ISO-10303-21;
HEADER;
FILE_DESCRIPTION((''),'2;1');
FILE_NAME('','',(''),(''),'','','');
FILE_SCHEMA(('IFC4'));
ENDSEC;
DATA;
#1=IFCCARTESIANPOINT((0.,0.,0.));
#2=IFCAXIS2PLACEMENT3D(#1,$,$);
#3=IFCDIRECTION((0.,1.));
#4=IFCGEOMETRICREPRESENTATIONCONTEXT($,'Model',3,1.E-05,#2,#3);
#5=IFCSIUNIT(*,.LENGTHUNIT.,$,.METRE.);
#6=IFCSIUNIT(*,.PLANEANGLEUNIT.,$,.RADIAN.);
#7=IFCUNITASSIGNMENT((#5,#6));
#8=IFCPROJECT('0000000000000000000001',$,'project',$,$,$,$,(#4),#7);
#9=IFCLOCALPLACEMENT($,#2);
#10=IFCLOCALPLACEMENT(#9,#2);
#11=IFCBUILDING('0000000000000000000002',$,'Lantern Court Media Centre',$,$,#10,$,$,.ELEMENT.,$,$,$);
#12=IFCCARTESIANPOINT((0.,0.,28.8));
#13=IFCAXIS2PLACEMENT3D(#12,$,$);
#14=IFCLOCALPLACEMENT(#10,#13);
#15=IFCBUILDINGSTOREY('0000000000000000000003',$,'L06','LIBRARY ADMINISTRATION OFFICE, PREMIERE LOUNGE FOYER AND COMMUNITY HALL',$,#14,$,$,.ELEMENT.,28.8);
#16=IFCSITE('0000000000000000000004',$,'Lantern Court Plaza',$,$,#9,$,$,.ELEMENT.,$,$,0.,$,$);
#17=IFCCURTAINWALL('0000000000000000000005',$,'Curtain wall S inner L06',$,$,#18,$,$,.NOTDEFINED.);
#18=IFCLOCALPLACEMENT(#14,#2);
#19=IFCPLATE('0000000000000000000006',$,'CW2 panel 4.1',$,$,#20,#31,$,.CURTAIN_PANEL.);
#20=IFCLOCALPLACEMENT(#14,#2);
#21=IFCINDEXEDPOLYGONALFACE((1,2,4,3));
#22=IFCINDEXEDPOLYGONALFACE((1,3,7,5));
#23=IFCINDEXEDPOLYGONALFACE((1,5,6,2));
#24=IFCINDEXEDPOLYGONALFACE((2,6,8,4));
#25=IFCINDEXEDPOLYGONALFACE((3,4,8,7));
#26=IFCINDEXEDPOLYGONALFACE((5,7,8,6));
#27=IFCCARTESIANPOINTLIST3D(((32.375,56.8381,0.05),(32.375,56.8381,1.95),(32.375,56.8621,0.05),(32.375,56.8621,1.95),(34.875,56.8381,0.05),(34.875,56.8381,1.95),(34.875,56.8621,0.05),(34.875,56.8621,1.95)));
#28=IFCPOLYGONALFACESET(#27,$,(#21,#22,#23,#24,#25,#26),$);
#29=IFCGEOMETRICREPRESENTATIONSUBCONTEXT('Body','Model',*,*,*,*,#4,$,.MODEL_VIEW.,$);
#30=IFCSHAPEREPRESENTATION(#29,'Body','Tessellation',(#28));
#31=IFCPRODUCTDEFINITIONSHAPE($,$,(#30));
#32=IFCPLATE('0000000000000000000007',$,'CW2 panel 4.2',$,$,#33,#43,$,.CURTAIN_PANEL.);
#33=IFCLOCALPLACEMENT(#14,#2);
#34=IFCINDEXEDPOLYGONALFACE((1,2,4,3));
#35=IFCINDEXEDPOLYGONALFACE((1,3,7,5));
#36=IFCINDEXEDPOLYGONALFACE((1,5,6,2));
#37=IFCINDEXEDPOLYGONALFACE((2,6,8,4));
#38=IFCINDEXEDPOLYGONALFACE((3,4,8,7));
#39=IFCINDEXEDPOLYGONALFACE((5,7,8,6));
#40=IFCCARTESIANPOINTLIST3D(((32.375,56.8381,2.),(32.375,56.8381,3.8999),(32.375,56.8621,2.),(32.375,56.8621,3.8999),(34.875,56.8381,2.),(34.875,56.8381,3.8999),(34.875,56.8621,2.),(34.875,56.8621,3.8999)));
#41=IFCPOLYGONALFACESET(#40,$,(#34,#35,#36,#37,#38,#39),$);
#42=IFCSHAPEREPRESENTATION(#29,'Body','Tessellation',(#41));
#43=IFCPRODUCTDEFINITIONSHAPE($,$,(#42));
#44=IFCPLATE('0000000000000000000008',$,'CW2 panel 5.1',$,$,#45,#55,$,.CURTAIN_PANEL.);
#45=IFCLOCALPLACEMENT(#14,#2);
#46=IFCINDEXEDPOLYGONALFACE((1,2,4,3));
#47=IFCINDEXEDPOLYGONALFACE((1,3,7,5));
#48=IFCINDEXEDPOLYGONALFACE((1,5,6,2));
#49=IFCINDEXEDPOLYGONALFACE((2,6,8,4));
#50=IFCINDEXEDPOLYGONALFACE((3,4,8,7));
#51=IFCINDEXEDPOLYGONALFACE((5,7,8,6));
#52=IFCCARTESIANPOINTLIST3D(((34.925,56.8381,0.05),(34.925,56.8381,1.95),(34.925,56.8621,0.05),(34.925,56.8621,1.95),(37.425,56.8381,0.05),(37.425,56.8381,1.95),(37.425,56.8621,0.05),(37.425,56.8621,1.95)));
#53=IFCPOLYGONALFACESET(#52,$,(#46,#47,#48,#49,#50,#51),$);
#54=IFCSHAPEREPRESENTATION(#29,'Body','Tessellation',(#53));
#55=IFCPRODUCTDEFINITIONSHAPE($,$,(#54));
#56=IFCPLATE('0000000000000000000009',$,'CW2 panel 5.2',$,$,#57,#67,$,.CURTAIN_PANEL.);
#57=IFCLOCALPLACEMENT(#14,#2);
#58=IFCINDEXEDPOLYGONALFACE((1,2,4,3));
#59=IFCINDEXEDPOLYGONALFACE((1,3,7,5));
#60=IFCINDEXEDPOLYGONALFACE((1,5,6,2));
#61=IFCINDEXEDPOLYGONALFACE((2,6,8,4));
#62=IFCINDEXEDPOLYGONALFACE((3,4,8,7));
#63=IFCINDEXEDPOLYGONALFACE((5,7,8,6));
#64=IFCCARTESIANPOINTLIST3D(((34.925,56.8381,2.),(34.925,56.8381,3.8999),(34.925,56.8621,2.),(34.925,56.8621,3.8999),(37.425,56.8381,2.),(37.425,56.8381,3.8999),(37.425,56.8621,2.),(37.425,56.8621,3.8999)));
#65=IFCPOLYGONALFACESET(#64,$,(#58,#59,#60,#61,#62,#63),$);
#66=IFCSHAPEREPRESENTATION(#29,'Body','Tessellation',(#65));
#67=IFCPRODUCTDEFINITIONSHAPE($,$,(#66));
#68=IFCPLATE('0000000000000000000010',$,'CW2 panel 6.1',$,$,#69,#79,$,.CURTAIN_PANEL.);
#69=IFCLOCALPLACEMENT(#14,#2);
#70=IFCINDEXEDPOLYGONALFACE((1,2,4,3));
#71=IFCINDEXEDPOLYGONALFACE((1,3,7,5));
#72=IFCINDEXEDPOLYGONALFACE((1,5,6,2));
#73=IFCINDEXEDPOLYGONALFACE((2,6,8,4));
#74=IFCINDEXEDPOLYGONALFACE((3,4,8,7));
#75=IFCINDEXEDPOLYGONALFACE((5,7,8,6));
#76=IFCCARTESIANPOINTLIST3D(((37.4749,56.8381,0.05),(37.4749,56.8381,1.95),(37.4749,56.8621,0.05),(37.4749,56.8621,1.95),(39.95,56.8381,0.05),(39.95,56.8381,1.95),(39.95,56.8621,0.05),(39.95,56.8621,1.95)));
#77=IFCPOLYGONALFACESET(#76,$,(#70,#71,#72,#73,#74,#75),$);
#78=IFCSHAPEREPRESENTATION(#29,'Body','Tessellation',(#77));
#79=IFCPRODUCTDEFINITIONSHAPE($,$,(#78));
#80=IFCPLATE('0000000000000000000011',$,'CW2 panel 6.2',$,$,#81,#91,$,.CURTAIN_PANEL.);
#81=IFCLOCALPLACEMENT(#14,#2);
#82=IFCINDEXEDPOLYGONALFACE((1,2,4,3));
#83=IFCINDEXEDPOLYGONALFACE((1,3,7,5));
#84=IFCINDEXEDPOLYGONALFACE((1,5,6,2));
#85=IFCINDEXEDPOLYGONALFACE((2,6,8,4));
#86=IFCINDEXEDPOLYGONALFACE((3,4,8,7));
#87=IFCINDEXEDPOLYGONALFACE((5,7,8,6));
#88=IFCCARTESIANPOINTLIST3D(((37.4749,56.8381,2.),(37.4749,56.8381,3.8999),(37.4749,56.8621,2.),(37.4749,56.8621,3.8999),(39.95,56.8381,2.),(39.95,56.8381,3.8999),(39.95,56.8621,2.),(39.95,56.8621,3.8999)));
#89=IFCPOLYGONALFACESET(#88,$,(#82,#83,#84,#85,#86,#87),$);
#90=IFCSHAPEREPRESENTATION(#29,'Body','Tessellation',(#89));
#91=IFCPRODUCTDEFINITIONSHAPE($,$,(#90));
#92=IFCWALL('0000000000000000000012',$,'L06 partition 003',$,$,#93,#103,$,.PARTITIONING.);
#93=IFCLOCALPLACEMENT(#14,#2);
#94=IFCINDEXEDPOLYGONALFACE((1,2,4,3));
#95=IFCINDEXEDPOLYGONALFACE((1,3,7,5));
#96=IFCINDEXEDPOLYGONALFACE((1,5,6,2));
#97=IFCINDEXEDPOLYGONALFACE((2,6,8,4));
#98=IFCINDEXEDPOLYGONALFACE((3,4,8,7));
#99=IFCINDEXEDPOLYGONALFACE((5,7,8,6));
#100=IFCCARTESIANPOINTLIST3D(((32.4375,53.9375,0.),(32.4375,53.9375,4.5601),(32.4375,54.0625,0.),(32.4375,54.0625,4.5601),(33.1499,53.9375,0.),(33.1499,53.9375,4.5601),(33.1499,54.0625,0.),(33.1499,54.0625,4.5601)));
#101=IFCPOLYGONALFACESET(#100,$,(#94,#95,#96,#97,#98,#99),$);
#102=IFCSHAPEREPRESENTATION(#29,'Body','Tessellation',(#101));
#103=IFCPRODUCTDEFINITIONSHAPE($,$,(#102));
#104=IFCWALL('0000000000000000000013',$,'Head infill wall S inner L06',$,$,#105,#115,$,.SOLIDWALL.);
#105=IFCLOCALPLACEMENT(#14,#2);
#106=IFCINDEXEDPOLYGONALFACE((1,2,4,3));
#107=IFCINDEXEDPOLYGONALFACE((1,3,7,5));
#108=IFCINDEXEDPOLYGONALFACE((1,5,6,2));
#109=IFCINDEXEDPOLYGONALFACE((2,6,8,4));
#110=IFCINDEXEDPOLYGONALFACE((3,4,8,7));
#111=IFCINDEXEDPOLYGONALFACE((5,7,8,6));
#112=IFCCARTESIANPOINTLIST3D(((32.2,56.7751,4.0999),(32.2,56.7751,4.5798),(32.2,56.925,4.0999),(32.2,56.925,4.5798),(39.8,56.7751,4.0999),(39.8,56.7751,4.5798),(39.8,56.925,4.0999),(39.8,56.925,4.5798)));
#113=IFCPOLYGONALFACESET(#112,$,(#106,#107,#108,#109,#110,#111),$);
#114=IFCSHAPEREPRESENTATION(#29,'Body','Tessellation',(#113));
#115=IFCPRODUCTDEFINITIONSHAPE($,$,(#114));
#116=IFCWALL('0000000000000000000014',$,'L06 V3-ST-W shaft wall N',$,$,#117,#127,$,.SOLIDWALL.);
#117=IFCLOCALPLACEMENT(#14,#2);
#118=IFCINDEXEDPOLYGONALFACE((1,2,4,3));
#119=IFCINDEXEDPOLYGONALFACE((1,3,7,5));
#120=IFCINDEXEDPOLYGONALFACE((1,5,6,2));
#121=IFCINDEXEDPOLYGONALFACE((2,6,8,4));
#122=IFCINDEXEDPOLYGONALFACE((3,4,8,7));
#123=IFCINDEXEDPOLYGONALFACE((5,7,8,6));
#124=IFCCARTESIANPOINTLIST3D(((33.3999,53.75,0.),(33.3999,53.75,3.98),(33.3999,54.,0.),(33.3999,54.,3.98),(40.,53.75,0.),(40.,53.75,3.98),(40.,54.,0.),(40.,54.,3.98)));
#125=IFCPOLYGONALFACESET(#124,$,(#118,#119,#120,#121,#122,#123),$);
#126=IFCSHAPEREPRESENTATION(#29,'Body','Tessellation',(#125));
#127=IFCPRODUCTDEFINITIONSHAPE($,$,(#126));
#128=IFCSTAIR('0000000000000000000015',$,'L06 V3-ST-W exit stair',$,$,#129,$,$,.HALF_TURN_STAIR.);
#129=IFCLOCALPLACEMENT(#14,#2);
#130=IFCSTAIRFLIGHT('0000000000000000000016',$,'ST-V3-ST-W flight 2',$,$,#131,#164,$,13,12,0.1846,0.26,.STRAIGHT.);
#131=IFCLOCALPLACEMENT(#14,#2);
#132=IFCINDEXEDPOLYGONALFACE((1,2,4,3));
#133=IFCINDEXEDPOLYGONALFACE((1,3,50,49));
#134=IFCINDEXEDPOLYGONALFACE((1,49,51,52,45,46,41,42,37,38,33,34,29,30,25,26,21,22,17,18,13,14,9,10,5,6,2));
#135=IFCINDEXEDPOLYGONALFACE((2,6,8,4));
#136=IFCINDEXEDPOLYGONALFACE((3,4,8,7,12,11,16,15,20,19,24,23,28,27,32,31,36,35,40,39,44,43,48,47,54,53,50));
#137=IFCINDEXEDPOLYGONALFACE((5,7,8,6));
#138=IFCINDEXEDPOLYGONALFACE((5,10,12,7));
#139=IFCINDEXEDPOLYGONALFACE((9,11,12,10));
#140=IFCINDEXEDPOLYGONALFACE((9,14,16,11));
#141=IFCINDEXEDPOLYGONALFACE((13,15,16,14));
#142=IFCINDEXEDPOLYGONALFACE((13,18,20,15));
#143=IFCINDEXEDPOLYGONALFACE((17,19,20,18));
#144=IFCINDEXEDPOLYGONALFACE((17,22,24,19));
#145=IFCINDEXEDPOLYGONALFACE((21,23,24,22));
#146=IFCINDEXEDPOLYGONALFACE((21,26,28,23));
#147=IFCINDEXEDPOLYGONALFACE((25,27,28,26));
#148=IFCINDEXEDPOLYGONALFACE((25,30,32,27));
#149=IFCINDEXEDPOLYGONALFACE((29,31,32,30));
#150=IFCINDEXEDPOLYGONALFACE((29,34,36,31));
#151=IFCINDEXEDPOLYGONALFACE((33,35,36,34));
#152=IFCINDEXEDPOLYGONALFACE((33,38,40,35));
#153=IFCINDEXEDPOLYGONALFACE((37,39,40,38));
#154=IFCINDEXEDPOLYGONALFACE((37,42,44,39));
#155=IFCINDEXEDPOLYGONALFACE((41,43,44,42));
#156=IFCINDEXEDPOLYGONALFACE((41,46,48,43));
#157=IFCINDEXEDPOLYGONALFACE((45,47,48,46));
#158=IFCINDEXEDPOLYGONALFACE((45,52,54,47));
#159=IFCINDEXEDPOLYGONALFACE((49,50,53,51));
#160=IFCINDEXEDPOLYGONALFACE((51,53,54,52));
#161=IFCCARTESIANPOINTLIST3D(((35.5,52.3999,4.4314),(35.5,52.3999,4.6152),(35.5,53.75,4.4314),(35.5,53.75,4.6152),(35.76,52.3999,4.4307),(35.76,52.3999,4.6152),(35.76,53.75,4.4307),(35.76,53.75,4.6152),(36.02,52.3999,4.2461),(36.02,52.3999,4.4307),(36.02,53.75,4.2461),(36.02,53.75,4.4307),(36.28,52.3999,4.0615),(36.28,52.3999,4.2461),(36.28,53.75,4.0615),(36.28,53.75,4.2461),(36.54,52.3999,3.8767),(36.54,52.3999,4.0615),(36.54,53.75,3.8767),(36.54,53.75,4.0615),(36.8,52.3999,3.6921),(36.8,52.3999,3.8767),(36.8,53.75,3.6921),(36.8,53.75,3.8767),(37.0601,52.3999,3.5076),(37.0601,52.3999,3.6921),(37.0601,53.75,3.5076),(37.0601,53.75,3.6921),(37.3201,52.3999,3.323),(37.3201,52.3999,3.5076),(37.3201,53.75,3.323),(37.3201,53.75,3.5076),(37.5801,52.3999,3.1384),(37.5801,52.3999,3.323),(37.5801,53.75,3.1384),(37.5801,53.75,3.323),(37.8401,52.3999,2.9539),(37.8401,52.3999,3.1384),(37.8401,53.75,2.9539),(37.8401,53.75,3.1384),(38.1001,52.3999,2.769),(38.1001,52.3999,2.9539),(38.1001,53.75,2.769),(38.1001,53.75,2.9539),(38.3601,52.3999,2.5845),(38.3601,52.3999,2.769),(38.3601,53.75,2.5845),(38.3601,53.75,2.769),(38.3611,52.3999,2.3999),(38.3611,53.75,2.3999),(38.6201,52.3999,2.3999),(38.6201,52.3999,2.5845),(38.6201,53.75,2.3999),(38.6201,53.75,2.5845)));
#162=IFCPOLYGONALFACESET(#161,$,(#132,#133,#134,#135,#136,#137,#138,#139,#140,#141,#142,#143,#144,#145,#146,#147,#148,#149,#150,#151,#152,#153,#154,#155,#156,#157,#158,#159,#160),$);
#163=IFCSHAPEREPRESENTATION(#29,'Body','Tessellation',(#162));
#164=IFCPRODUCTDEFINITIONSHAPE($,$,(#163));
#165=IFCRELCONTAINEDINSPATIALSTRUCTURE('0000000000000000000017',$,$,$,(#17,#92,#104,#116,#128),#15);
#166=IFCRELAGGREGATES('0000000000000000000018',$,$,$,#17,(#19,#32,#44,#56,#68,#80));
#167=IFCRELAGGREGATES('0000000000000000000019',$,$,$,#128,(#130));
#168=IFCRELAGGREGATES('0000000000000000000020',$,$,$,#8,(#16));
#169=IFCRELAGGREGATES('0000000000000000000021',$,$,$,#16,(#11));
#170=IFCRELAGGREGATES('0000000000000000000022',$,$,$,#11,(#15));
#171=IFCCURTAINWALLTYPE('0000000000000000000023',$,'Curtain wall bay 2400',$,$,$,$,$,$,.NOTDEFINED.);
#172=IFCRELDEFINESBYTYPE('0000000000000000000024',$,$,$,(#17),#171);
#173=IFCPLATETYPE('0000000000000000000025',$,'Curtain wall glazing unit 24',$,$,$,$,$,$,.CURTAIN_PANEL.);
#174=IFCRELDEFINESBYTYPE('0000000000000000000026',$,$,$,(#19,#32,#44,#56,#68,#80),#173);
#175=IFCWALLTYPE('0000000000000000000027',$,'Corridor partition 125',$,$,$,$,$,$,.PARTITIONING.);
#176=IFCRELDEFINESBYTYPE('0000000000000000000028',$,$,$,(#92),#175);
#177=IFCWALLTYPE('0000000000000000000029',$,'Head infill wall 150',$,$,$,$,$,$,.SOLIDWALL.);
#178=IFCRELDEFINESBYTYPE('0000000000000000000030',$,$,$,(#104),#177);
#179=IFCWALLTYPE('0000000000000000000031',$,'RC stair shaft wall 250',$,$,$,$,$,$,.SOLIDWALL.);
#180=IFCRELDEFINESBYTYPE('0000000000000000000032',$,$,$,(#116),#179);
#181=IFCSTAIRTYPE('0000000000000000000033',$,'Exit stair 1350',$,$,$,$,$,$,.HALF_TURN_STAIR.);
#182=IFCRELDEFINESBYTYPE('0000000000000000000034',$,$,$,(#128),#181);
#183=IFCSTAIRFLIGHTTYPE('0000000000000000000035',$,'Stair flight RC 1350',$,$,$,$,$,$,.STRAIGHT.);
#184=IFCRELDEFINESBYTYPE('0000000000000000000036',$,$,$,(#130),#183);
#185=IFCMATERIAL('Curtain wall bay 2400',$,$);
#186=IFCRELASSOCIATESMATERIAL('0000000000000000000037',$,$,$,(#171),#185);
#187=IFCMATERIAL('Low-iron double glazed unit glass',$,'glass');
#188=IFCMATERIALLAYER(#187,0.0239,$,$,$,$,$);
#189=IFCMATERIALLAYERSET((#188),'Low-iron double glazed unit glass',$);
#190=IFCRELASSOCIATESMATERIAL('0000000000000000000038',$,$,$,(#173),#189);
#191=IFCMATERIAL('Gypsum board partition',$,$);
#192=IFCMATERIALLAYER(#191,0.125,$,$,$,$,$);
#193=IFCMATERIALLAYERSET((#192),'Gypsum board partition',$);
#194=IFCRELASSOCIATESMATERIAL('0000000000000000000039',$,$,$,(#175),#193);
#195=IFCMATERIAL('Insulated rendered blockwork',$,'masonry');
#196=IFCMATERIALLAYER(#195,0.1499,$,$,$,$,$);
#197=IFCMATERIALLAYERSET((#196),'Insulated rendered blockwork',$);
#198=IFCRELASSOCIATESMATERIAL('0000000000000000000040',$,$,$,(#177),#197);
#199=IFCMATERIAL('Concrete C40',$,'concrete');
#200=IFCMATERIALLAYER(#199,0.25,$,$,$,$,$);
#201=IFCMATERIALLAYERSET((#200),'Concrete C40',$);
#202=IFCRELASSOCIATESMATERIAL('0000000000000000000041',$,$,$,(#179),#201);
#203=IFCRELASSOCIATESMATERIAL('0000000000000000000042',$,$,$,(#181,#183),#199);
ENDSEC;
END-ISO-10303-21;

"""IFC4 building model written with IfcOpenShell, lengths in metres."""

from ifc_helpers import new_model, si_unit, direction, frame, frame_2d, origin, origin_2d, place, context, subcontext, project, spatial, polyline, rectangle, outline, extrude, material, layer, layer_set, type_object, element, aggregate, save


model = new_model("IFC4")

# Units and contexts
model_context = context("Model", 3, precision=1e-05, world=origin(), true_north=direction((0.0, 1.0)))
body_context = subcontext(model_context, "Body", "Model", "MODEL_VIEW")
ifc_project = project(units=[si_unit("LENGTHUNIT", "METRE"), si_unit("PLANEANGLEUNIT", "RADIAN")], contexts=[model_context])

# Site, building, storey
site_placement = place(None, origin())
site = spatial("IfcSite", under=ifc_project, at=site_placement, Name="Lantern Court Plaza", CompositionType="ELEMENT", RefElevation=0.0)
building_placement = place(site_placement, origin())
building = spatial("IfcBuilding", under=site, at=building_placement, Name="Lantern Court Media Centre", CompositionType="ELEMENT")
storey_placement = place(building_placement, frame((0.0, 0.0, 28.8)))
storey = spatial("IfcBuildingStorey", under=building, at=storey_placement, Name="L06", Description="LIBRARY ADMINISTRATION OFFICE, PREMIERE LOUNGE FOYER AND COMMUNITY HALL", CompositionType="ELEMENT", Elevation=28.8)

# Curtain wall
ifc_material_1 = material(Name="Curtain wall bay 2400")
curtain_wall_type = type_object("IfcCurtainWallType", Name="Curtain wall bay 2400", PredefinedType="NOTDEFINED", material=ifc_material_1)
curtain_wall_placement = place(storey_placement, origin())
curtain_wall = element("IfcCurtainWall", 1, at=curtain_wall_placement, inside=storey, type_object=curtain_wall_type, Name="Curtain wall S inner L06", PredefinedType="NOTDEFINED")

# Plates
ifc_material_2 = material(Name="Low-iron double glazed unit glass", Category="glass")
ifc_layer_1 = layer(ifc_material_2, 0.0239)
ifc_layer_set_1 = layer_set([ifc_layer_1], Name="Low-iron double glazed unit glass")
plate_type = type_object("IfcPlateType", Name="Curtain wall glazing unit 24", PredefinedType="CURTAIN_PANEL", material=ifc_layer_set_1)
plate_1_placement = place(storey_placement, frame((33.625, 56.8501, 0.05), z_axis=(0.0, 0.0, 1.0), x_axis=(1.0, 0.0, 0.0)))
plate_1 = element("IfcPlate", 2, at=plate_1_placement, type_object=plate_type, Name="CW2 panel 4.1", PredefinedType="CURTAIN_PANEL", context=body_context, shape_type="SweptSolid", body=[
    extrude(rectangle(XDim=2.5, YDim=0.0239, at=origin_2d()), origin(), (0.0, 0.0, 1.0), 1.8999),
])
plate_2_placement = place(storey_placement, frame((33.625, 56.8501, 2.0), z_axis=(0.0, 0.0, 1.0), x_axis=(1.0, 0.0, 0.0)))
plate_2 = element("IfcPlate", 3, at=plate_2_placement, type_object=plate_type, Name="CW2 panel 4.2", PredefinedType="CURTAIN_PANEL", context=body_context, shape_type="SweptSolid", body=[
    extrude(rectangle(XDim=2.5, YDim=0.0239, at=origin_2d()), origin(), (0.0, 0.0, 1.0), 1.8999),
])
plate_3_placement = place(storey_placement, frame((36.175, 56.8501, 0.05), z_axis=(0.0, 0.0, 1.0), x_axis=(1.0, 0.0, 0.0)))
plate_3 = element("IfcPlate", 4, at=plate_3_placement, type_object=plate_type, Name="CW2 panel 5.1", PredefinedType="CURTAIN_PANEL", context=body_context, shape_type="SweptSolid", body=[
    extrude(rectangle(XDim=2.5, YDim=0.0239, at=origin_2d()), origin(), (0.0, 0.0, 1.0), 1.8999),
])
plate_4_placement = place(storey_placement, frame((36.175, 56.8501, 2.0), z_axis=(0.0, 0.0, 1.0), x_axis=(1.0, 0.0, 0.0)))
plate_4 = element("IfcPlate", 5, at=plate_4_placement, type_object=plate_type, Name="CW2 panel 5.2", PredefinedType="CURTAIN_PANEL", context=body_context, shape_type="SweptSolid", body=[
    extrude(rectangle(XDim=2.5, YDim=0.0239, at=origin_2d()), origin(), (0.0, 0.0, 1.0), 1.8999),
])
plate_5_placement = place(storey_placement, frame((38.7124, 56.8501, 0.05), z_axis=(0.0, 0.0, 1.0), x_axis=(1.0, 0.0, 0.0)))
plate_5 = element("IfcPlate", 6, at=plate_5_placement, type_object=plate_type, Name="CW2 panel 6.1", PredefinedType="CURTAIN_PANEL", context=body_context, shape_type="SweptSolid", body=[
    extrude(rectangle(XDim=2.4751, YDim=0.0239, at=origin_2d()), origin(), (0.0, 0.0, 1.0), 1.8999),
])
plate_6_placement = place(storey_placement, frame((38.7124, 56.8501, 2.0), z_axis=(0.0, 0.0, 1.0), x_axis=(1.0, 0.0, 0.0)))
plate_6 = element("IfcPlate", 7, at=plate_6_placement, type_object=plate_type, Name="CW2 panel 6.2", PredefinedType="CURTAIN_PANEL", context=body_context, shape_type="SweptSolid", body=[
    extrude(rectangle(XDim=2.4751, YDim=0.0239, at=origin_2d()), origin(), (0.0, 0.0, 1.0), 1.8999),
])
aggregate(curtain_wall, [plate_1, plate_2, plate_3, plate_4, plate_5, plate_6])

# Walls
ifc_material_3 = material(Name="Gypsum board partition")
ifc_layer_2 = layer(ifc_material_3, 0.125)
ifc_layer_set_2 = layer_set([ifc_layer_2], Name="Gypsum board partition")
wall_type_1 = type_object("IfcWallType", Name="Corridor partition 125", PredefinedType="PARTITIONING", material=ifc_layer_set_2)
wall_1_placement = place(storey_placement, frame((32.4375, 54.0, 0.0), z_axis=(0.0, 0.0, 1.0), x_axis=(1.0, 0.0, 0.0)))
element("IfcWall", 8, at=wall_1_placement, inside=storey, type_object=wall_type_1, Name="L06 partition 003", PredefinedType="PARTITIONING", context=body_context, shape_type="SweptSolid", body=[
    extrude(rectangle(XDim=0.7124, YDim=0.125, at=frame_2d((0.3562, 0.0))), origin(), (0.0, 0.0, 1.0), 4.5601),
])
ifc_material_4 = material(Name="Insulated rendered blockwork", Category="masonry")
ifc_layer_3 = layer(ifc_material_4, 0.1499)
ifc_layer_set_3 = layer_set([ifc_layer_3], Name="Insulated rendered blockwork")
wall_type_2 = type_object("IfcWallType", Name="Head infill wall 150", PredefinedType="SOLIDWALL", material=ifc_layer_set_3)
wall_2_placement = place(storey_placement, frame((32.2, 56.8501, 4.0999), z_axis=(0.0, 0.0, 1.0), x_axis=(1.0, 0.0, 0.0)))
element("IfcWall", 9, at=wall_2_placement, inside=storey, type_object=wall_type_2, Name="Head infill wall S inner L06", PredefinedType="SOLIDWALL", context=body_context, shape_type="SweptSolid", body=[
    extrude(rectangle(XDim=7.6001, YDim=0.1499, at=frame_2d((3.8, 0.0))), origin(), (0.0, 0.0, 1.0), 0.48),
])
ifc_material_5 = material(Name="Concrete C40", Category="concrete")
ifc_layer_4 = layer(ifc_material_5, 0.25)
ifc_layer_set_4 = layer_set([ifc_layer_4], Name="Concrete C40")
wall_type_3 = type_object("IfcWallType", Name="RC stair shaft wall 250", PredefinedType="SOLIDWALL", material=ifc_layer_set_4)
wall_3_placement = place(storey_placement, frame((33.3999, 53.875, 0.0), z_axis=(0.0, 0.0, 1.0), x_axis=(1.0, 0.0, 0.0)))
element("IfcWall", 10, at=wall_3_placement, inside=storey, type_object=wall_type_3, Name="L06 V3-ST-W shaft wall N", PredefinedType="SOLIDWALL", context=body_context, shape_type="SweptSolid", body=[
    extrude(rectangle(XDim=6.6001, YDim=0.25, at=frame_2d((3.3, 0.0))), origin(), (0.0, 0.0, 1.0), 3.98),
])

# Stair, stair flight
stair_type = type_object("IfcStairType", Name="Exit stair 1350", PredefinedType="HALF_TURN_STAIR", material=ifc_material_5)
stair_placement = place(storey_placement, origin())
stair = element("IfcStair", 11, at=stair_placement, inside=storey, type_object=stair_type, Name="L06 V3-ST-W exit stair", PredefinedType="HALF_TURN_STAIR")
stair_flight_type = type_object("IfcStairFlightType", Name="Stair flight RC 1350", PredefinedType="STRAIGHT", material=ifc_material_5)
stair_flight_placement = place(storey_placement, frame((38.6201, 53.075, 2.3999), z_axis=(0.0, 0.0, 1.0), x_axis=(-1.0, 0.0, 0.0)))
stair_flight = element("IfcStairFlight", 12, at=stair_flight_placement, type_object=stair_flight_type, Name="ST-V3-ST-W flight 2", NumberOfRisers=13, NumberOfTreads=12, PredefinedType="STRAIGHT", RiserHeight=0.1846, TreadLength=0.26, context=body_context, shape_type="SweptSolid", body=[
    extrude(outline(polyline([(0.0, 0.0), (0.0, 0.1846), (0.26, 0.1846), (0.26, 0.3691), (0.52, 0.3691), (0.52, 0.554), (0.78, 0.554), (0.78, 0.7385), (1.04, 0.7385), (1.04, 0.9231), (1.3, 0.9231), (1.3, 1.1077), (1.5601, 1.1077), (1.5601, 1.2922), (1.8201, 1.2922), (1.8201, 1.4768), (2.0801, 1.4768), (2.0801, 1.6616), (2.3401, 1.6616), (2.3401, 1.8462), (2.6001, 1.8462), (2.6001, 2.0308), (2.8601, 2.0308), (2.8601, 2.2153), (3.1201, 2.2153), (3.1201, 2.3999), (3.1201, 2.0315), (0.259, 0.0), (0.0, 0.0)])), frame((0.0, 0.675, 0.0), z_axis=(0.0, -1.0, 0.0), x_axis=(1.0, 0.0, 0.0)), (0.0, 0.0, 1.0), 1.3501),
])
aggregate(stair, [stair_flight])

save(model, "model.ifc")
